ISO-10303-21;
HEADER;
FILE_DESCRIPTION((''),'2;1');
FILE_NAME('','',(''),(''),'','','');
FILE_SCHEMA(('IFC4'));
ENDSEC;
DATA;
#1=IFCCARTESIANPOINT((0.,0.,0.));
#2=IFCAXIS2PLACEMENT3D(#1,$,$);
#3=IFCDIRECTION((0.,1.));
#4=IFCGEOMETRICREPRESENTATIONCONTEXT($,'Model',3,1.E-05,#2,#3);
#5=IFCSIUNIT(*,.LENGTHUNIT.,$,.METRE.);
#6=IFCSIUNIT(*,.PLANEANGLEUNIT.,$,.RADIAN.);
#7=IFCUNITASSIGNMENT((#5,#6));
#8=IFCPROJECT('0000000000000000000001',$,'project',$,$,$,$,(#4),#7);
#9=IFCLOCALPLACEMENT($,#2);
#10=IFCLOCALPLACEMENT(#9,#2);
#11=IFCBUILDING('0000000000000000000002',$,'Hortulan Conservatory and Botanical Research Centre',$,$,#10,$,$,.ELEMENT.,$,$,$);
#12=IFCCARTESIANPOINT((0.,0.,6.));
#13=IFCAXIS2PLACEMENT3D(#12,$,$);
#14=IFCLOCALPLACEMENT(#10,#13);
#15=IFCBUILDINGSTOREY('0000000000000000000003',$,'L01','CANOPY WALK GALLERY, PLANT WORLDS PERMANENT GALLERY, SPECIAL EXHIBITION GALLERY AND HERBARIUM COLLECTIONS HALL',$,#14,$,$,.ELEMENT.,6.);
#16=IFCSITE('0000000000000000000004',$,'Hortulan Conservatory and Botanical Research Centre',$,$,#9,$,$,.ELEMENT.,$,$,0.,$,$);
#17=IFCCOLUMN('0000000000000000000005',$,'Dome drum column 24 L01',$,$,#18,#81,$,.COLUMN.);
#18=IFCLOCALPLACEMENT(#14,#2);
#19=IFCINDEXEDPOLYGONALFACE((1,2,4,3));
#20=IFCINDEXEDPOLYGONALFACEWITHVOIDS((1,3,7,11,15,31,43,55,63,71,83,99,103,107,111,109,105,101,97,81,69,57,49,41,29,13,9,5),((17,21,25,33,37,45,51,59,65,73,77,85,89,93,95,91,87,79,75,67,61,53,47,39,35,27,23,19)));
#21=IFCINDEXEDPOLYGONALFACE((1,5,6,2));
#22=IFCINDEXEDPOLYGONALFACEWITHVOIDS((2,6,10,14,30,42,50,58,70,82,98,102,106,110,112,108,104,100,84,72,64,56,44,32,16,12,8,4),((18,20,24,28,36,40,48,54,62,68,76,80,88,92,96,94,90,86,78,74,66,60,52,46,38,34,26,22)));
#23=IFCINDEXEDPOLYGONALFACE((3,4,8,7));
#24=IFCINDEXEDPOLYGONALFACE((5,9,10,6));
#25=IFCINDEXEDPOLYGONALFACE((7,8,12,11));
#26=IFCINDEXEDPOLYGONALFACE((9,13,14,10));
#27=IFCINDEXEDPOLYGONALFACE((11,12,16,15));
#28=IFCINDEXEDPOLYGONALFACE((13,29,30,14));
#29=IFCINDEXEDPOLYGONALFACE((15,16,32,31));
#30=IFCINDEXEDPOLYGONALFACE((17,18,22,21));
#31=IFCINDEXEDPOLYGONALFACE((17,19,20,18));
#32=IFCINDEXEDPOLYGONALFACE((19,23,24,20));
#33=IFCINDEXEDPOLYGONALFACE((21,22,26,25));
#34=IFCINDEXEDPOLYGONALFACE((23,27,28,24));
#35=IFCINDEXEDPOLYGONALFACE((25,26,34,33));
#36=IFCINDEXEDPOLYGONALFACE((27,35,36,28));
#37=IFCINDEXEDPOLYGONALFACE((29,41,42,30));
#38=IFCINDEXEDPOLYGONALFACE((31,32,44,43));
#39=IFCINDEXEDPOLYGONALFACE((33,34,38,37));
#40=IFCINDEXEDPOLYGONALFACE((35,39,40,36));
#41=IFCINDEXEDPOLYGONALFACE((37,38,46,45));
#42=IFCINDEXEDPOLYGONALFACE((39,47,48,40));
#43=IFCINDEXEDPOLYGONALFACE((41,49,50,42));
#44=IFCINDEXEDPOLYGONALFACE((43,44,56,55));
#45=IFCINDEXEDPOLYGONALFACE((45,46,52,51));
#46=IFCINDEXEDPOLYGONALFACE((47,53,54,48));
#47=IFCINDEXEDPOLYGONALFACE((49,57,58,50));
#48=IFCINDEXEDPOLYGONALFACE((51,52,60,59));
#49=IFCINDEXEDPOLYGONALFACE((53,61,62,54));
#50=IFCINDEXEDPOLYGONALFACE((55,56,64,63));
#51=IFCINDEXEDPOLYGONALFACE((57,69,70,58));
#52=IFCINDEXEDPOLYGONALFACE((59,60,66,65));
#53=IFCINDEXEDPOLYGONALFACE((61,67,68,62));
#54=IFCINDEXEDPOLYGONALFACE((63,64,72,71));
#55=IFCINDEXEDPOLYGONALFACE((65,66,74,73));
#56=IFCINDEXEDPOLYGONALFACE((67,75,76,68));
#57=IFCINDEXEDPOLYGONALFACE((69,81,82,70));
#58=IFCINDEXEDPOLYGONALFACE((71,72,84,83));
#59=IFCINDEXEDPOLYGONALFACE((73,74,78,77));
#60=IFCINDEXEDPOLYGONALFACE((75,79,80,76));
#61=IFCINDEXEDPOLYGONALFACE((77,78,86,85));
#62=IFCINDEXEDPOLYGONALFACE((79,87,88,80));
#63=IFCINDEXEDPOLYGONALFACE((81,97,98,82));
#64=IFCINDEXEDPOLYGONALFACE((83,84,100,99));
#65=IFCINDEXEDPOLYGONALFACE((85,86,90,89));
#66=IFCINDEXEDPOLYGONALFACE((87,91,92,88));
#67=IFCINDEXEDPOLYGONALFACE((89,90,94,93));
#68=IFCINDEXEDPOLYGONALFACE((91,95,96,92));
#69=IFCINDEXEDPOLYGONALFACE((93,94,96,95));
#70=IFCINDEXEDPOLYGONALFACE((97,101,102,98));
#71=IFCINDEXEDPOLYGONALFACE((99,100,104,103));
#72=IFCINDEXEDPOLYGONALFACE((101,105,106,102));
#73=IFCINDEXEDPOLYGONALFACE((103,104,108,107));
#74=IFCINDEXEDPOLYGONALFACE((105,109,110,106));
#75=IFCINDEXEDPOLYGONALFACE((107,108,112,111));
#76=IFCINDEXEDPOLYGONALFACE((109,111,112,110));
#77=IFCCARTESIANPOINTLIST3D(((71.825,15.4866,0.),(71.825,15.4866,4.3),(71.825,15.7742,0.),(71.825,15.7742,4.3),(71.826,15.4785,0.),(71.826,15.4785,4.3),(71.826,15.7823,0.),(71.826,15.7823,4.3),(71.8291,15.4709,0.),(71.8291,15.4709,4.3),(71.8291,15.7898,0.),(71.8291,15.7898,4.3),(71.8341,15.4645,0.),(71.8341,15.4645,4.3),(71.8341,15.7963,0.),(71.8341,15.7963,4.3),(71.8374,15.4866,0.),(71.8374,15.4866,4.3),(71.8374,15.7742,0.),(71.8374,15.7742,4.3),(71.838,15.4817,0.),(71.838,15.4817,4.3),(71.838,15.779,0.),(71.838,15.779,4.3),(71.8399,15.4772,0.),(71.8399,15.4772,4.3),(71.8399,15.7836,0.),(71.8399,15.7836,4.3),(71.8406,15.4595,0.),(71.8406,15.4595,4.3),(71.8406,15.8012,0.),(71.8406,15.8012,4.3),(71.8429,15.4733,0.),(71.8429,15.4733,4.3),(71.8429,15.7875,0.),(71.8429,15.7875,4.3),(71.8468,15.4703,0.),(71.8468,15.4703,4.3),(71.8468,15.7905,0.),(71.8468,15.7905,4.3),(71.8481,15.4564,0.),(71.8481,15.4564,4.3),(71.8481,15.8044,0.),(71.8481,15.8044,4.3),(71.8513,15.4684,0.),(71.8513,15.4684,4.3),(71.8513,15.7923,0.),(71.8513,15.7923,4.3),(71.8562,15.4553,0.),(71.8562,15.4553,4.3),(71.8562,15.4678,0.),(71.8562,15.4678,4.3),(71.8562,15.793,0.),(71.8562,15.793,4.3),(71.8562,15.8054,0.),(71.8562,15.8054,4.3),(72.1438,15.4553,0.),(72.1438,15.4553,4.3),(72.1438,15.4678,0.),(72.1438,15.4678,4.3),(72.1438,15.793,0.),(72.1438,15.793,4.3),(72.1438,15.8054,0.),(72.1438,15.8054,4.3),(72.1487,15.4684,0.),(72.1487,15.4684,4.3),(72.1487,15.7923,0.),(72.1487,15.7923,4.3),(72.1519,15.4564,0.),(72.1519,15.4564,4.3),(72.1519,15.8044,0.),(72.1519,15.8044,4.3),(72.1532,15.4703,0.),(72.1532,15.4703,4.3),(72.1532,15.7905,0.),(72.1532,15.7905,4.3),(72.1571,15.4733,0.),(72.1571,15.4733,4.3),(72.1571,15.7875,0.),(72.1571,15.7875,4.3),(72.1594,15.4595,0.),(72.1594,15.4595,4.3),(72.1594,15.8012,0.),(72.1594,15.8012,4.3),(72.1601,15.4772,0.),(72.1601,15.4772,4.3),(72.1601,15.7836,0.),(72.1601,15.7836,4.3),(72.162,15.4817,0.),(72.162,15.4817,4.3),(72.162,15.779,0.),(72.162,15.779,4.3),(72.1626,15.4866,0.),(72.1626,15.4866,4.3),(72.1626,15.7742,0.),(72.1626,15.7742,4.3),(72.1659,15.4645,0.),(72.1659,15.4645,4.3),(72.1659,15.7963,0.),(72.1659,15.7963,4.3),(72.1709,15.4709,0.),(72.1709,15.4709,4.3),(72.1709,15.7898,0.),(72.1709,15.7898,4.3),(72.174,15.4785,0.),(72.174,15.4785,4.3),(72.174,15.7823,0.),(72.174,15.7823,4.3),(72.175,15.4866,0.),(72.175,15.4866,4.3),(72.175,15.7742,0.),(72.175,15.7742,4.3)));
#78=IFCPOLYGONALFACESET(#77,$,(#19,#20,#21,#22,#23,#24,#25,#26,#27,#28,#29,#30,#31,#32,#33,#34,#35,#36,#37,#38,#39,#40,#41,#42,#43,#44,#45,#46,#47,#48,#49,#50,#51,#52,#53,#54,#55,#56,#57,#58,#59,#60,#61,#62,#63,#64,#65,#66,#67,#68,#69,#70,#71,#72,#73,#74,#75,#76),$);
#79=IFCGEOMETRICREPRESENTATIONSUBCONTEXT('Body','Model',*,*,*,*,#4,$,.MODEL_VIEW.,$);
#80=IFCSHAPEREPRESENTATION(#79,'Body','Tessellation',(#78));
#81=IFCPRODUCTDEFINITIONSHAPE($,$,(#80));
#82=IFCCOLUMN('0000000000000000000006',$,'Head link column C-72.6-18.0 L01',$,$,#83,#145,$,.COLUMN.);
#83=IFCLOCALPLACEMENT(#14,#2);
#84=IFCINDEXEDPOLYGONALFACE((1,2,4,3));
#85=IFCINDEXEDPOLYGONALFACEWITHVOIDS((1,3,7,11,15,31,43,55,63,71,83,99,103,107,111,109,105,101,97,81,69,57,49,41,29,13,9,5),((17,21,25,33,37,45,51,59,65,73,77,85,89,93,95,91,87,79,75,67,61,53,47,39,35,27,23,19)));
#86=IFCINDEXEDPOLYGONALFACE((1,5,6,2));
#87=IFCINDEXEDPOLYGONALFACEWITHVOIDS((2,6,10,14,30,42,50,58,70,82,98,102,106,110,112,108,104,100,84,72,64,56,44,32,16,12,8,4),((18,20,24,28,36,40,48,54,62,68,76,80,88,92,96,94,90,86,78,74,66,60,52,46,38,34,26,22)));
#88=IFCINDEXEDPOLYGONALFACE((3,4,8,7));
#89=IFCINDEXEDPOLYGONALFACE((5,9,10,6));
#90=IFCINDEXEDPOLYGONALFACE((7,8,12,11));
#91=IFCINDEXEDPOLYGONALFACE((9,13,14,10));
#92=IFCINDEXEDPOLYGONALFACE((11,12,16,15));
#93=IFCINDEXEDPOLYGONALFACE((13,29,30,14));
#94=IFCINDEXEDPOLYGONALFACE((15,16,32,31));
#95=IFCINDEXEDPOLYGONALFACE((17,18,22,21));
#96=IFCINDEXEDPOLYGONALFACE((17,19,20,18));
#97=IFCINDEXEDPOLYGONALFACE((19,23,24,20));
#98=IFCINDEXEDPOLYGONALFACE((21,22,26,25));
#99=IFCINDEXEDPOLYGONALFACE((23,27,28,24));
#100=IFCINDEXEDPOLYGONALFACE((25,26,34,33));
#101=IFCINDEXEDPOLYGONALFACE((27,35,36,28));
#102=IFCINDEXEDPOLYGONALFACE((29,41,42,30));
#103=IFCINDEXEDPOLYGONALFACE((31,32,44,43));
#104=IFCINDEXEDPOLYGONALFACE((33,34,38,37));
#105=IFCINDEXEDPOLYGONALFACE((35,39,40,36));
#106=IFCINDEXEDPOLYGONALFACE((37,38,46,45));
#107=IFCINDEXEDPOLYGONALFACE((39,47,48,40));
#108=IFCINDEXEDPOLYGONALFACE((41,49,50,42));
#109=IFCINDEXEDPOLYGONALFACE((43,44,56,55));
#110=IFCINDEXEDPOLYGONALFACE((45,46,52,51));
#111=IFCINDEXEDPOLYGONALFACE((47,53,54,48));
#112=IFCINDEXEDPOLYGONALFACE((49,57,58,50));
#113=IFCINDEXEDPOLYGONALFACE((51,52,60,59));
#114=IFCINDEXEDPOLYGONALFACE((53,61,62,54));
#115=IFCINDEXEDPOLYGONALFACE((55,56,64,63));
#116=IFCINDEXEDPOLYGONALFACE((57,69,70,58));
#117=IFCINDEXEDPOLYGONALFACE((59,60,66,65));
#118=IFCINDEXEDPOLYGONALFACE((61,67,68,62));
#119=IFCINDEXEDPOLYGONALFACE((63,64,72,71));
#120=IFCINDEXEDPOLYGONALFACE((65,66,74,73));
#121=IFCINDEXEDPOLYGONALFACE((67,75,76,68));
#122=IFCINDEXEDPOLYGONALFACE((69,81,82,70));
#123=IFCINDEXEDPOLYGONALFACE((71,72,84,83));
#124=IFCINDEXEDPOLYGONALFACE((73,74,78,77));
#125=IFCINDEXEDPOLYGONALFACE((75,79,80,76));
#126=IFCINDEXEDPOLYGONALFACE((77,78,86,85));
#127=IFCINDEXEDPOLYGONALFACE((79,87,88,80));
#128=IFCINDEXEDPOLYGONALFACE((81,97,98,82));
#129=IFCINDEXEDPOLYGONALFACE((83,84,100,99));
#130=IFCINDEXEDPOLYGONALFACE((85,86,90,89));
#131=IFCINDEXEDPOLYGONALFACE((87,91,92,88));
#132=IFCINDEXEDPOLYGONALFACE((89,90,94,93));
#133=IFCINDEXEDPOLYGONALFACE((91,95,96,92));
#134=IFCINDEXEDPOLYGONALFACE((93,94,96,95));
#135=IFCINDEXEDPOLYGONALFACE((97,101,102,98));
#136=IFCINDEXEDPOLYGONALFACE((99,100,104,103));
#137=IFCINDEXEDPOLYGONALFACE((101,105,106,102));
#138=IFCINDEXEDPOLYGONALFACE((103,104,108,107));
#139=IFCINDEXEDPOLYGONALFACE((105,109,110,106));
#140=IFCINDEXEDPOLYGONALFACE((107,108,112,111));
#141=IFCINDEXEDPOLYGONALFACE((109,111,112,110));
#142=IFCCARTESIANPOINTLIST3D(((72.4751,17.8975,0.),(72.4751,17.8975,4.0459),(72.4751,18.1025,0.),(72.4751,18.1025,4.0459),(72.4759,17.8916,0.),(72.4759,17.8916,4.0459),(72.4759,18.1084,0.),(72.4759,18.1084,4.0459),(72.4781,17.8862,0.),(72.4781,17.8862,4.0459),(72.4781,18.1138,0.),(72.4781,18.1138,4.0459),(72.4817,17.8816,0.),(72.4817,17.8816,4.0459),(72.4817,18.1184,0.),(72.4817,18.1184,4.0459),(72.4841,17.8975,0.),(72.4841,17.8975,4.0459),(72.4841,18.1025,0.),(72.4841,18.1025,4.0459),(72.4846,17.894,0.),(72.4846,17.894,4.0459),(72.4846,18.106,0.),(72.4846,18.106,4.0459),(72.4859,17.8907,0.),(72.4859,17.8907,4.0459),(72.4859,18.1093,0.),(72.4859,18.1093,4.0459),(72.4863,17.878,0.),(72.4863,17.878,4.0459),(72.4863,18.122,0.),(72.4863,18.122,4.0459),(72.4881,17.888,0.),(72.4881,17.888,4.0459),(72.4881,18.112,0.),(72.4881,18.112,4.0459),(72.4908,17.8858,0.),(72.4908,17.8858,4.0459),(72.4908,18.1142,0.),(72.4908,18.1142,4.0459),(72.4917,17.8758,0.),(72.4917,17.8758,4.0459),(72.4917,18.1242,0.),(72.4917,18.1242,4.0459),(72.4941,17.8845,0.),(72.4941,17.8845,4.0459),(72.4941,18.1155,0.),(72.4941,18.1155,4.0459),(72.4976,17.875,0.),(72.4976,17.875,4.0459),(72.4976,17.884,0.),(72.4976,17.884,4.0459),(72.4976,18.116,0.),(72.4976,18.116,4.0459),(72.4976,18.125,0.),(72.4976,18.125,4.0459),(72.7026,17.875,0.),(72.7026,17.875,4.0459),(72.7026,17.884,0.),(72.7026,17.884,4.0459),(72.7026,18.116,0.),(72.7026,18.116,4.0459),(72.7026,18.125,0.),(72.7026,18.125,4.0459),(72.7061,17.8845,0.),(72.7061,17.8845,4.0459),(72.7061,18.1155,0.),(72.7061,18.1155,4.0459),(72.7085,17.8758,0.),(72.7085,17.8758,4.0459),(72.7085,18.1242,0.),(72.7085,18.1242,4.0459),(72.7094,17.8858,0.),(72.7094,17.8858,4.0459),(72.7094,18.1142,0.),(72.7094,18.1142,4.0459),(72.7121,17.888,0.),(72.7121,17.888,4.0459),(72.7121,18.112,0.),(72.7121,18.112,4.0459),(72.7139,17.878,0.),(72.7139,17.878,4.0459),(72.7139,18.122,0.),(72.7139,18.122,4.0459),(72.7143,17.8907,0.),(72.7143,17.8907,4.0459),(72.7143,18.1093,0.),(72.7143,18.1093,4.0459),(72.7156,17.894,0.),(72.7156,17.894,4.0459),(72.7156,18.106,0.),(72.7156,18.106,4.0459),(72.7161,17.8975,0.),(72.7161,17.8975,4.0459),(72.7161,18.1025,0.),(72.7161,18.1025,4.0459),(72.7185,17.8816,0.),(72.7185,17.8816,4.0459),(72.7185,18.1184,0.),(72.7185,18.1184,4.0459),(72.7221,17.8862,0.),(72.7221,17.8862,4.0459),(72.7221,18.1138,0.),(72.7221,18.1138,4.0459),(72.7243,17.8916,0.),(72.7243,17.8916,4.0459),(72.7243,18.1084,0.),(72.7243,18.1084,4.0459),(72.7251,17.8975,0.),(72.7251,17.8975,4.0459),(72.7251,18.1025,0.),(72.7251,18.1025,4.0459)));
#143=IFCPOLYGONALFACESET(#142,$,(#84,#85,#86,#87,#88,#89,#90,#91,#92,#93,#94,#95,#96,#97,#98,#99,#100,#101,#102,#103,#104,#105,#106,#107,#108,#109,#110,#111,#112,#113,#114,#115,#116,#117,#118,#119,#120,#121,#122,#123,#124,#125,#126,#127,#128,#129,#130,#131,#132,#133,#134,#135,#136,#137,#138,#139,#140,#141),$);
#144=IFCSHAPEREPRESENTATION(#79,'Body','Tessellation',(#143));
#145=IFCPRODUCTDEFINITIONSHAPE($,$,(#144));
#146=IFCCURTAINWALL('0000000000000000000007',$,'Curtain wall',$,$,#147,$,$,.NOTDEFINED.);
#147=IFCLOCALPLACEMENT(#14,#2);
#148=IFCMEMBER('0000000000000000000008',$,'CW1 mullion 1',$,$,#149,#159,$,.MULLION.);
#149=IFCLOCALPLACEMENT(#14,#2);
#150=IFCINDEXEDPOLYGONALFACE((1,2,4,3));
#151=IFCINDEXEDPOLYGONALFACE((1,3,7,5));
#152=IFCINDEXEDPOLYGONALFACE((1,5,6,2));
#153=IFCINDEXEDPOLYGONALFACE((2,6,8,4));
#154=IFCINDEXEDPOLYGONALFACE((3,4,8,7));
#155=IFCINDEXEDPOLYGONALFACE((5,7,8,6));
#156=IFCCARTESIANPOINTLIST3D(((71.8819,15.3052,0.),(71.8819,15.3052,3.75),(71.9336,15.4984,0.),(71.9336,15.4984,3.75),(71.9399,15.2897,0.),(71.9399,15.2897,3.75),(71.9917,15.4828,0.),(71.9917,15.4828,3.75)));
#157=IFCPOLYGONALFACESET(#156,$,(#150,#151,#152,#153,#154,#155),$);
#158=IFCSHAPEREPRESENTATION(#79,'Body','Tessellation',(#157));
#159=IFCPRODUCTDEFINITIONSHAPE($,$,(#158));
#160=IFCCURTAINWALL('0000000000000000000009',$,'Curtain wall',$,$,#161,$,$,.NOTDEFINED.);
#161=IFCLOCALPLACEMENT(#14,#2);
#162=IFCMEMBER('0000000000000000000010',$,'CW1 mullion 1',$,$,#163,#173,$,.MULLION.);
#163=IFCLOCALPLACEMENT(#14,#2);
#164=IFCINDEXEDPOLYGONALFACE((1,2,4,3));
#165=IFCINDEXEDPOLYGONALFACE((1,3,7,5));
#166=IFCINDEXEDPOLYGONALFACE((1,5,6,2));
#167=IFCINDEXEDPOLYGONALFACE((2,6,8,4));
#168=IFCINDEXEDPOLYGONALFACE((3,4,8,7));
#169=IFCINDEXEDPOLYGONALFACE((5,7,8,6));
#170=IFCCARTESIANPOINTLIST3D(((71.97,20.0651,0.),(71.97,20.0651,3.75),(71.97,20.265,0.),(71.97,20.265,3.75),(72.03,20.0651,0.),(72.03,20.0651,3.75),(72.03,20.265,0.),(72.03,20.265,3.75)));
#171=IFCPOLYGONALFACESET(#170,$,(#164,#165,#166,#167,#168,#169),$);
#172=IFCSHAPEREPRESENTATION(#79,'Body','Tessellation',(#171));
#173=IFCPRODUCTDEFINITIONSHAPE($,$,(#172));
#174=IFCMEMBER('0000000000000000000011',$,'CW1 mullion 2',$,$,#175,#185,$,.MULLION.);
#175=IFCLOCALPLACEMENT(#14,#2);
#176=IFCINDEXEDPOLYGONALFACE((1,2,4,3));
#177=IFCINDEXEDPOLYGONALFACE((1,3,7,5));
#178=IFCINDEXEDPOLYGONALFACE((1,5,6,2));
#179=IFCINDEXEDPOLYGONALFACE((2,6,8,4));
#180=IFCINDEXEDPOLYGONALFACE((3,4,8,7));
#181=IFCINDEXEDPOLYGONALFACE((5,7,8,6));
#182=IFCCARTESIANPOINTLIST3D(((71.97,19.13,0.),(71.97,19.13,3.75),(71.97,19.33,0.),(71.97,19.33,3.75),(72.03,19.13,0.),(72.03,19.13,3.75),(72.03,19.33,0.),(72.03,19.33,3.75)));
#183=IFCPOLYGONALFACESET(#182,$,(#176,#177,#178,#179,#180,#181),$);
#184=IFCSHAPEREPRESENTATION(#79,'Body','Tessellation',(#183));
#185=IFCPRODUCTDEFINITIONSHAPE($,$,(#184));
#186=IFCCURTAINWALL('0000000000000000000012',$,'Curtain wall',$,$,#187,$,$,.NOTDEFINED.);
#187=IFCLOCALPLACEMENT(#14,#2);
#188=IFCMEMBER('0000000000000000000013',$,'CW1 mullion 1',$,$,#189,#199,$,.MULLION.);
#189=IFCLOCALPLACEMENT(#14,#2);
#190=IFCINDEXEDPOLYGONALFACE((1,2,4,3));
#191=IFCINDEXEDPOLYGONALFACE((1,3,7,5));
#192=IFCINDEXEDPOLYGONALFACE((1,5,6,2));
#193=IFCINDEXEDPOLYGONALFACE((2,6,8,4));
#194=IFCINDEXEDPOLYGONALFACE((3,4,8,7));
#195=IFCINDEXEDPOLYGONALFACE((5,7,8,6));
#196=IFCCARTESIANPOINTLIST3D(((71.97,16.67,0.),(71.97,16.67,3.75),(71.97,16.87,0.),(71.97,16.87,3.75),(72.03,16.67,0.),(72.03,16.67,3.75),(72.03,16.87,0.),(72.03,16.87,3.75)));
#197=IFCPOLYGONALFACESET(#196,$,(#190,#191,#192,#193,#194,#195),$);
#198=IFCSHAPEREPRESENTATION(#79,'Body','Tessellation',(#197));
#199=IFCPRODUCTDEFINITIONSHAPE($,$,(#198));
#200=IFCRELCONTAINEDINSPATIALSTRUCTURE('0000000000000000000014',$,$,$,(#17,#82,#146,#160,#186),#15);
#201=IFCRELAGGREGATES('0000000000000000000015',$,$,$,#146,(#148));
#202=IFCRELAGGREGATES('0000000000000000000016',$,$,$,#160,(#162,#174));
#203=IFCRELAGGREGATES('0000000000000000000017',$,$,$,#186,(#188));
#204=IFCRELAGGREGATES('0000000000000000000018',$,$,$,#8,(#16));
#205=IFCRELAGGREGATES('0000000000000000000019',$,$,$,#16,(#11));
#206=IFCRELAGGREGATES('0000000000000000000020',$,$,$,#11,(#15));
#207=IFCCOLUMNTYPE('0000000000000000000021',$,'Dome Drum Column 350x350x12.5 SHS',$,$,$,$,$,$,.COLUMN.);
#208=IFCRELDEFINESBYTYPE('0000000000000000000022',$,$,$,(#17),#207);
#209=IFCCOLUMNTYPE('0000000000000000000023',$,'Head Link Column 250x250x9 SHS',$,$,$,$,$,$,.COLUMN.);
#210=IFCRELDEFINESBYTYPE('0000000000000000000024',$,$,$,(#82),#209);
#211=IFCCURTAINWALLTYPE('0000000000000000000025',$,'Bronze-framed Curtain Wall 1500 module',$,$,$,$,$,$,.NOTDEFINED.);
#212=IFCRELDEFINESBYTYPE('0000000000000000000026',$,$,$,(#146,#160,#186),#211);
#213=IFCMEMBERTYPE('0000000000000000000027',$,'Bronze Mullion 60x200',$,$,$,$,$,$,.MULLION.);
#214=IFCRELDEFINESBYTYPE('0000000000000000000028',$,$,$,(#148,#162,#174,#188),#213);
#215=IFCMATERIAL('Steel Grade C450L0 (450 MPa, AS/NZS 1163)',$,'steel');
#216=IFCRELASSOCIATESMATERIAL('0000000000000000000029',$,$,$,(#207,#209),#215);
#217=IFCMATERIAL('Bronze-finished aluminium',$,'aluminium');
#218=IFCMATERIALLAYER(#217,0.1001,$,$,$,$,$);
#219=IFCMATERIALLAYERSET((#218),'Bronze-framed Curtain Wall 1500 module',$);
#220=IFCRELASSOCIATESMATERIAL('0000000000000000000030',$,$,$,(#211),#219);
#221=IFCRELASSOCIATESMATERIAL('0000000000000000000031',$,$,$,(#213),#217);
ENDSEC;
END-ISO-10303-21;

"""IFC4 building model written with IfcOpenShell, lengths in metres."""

from ifc_helpers import new_model, si_unit, direction, frame, origin, origin_2d, place, context, subcontext, project, spatial, rectangle, hollow_rectangle, extrude, material, layer, layer_set, material_profile, profile_set, type_object, element, aggregate, save


model = new_model("IFC4")

# Units and contexts
model_context = context("Model", 3, precision=1e-05, world=origin(), true_north=direction((0.0, 1.0)))
body_context = subcontext(model_context, "Body", "Model", "MODEL_VIEW")
ifc_project = project(units=[si_unit("LENGTHUNIT", "METRE"), si_unit("PLANEANGLEUNIT", "RADIAN")], contexts=[model_context])

# Site, building, storey
site_placement = place(None, origin())
site = spatial("IfcSite", under=ifc_project, at=site_placement, Name="Hortulan Conservatory and Botanical Research Centre", CompositionType="ELEMENT", RefElevation=0.0)
building_placement = place(site_placement, origin())
building = spatial("IfcBuilding", under=site, at=building_placement, Name="Hortulan Conservatory and Botanical Research Centre", CompositionType="ELEMENT")
storey_placement = place(building_placement, frame((0.0, 0.0, 6.0)))
storey = spatial("IfcBuildingStorey", under=building, at=storey_placement, Name="L01", Description="CANOPY WALK GALLERY, PLANT WORLDS PERMANENT GALLERY, SPECIAL EXHIBITION GALLERY AND HERBARIUM COLLECTIONS HALL", CompositionType="ELEMENT", Elevation=6.0)

# Columns
ifc_material_1 = material(Name="Steel Grade C450L0 (450 MPa, AS/NZS 1163)", Category="steel")
ifc_material_profile_1 = material_profile(ifc_material_1, hollow_rectangle(XDim=0.3501, YDim=0.3501, WallThickness=0.0125, InnerFilletRadius=0.0188, OuterFilletRadius=0.0312, at=origin_2d()), Name="350x350x12.5SHS")
ifc_profile_set_1 = profile_set([ifc_material_profile_1], Name="Steel Grade C450L0 (450 MPa, AS/NZS 1163)")
column_type_1 = type_object("IfcColumnType", Name="Dome Drum Column 350x350x12.5 SHS", PredefinedType="COLUMN", material=ifc_profile_set_1)
column_1_placement = place(storey_placement, frame((72.0, 15.6304, 0.0), z_axis=(0.0, 0.0, 1.0), x_axis=(1.0, 0.0, 0.0)))
element("IfcColumn", 1, at=column_1_placement, inside=storey, type_object=column_type_1, Name="Dome drum column 24 L01", PredefinedType="COLUMN", context=body_context, shape_type="SweptSolid", body=[
    extrude(hollow_rectangle(XDim=0.3501, YDim=0.3501, WallThickness=0.0125, InnerFilletRadius=0.0188, OuterFilletRadius=0.0312, at=origin_2d()), origin(), (0.0, 0.0, 1.0), 4.3),
])
ifc_material_profile_2 = material_profile(ifc_material_1, hollow_rectangle(XDim=0.25, YDim=0.25, WallThickness=0.009, InnerFilletRadius=0.0134, OuterFilletRadius=0.0225, at=origin_2d()), Name="250x250x9SHS")
ifc_profile_set_2 = profile_set([ifc_material_profile_2], Name="Steel Grade C450L0 (450 MPa, AS/NZS 1163)")
column_type_2 = type_object("IfcColumnType", Name="Head Link Column 250x250x9 SHS", PredefinedType="COLUMN", material=ifc_profile_set_2)
column_2_placement = place(storey_placement, frame((72.6001, 18.0, 0.0), z_axis=(0.0, 0.0, 1.0), x_axis=(1.0, 0.0, 0.0)))
element("IfcColumn", 2, at=column_2_placement, inside=storey, type_object=column_type_2, Name="Head link column C-72.6-18.0 L01", PredefinedType="COLUMN", context=body_context, shape_type="SweptSolid", body=[
    extrude(hollow_rectangle(XDim=0.25, YDim=0.25, WallThickness=0.009, InnerFilletRadius=0.0134, OuterFilletRadius=0.0225, at=origin_2d()), origin(), (0.0, 0.0, 1.0), 4.0459),
])

# Curtain wall, member
ifc_material_2 = material(Name="Bronze-finished aluminium", Category="aluminium")
ifc_layer_1 = layer(ifc_material_2, 0.1001)
ifc_layer_set_1 = layer_set([ifc_layer_1], Name="Bronze-framed Curtain Wall 1500 module")
curtain_wall_type = type_object("IfcCurtainWallType", Name="Bronze-framed Curtain Wall 1500 module", PredefinedType="NOTDEFINED", material=ifc_layer_set_1)
curtain_wall_1_placement = place(storey_placement, origin())
curtain_wall_1 = element("IfcCurtainWall", 3, at=curtain_wall_1_placement, inside=storey, type_object=curtain_wall_type, Name="Curtain wall", PredefinedType="NOTDEFINED")
ifc_material_profile_3 = material_profile(ifc_material_2, rectangle(XDim=0.0601, YDim=0.2, at=origin_2d()), Name="Bronze Mullion 60x200")
ifc_profile_set_3 = profile_set([ifc_material_profile_3], Name="Bronze-finished aluminium")
member_type_1 = type_object("IfcMemberType", Name="Bronze Mullion 60x200", PredefinedType="MULLION", material=ifc_profile_set_3)
member_1_placement = place(storey_placement, frame((71.9368, 15.394, 0.0), z_axis=(0.0, 0.0, 1.0), x_axis=(0.965922, -0.258832, 0.0)))
member_1 = element("IfcMember", 4, at=member_1_placement, type_object=member_type_1, Name="CW1 mullion 1", PredefinedType="MULLION", context=body_context, shape_type="SweptSolid", body=[
    extrude(rectangle(XDim=0.0601, YDim=0.2, at=origin_2d()), origin(), (0.0, 0.0, 1.0), 3.75),
])

# Curtain walls, members
curtain_wall_2_placement = place(storey_placement, origin())
curtain_wall_2 = element("IfcCurtainWall", 5, at=curtain_wall_2_placement, inside=storey, type_object=curtain_wall_type, Name="Curtain wall", PredefinedType="NOTDEFINED")
member_2_placement = place(storey_placement, frame((72.0, 20.165, 0.0), z_axis=(0.0, 0.0, 1.0), x_axis=(1.0, 0.0, 0.0)))
member_2 = element("IfcMember", 6, at=member_2_placement, type_object=member_type_1, Name="CW1 mullion 1", PredefinedType="MULLION", context=body_context, shape_type="SweptSolid", body=[
    extrude(rectangle(XDim=0.0601, YDim=0.2, at=origin_2d()), origin(), (0.0, 0.0, 1.0), 3.75),
])
member_3_placement = place(storey_placement, frame((72.0, 19.23, 0.0), z_axis=(0.0, 0.0, 1.0), x_axis=(1.0, 0.0, 0.0)))
member_3 = element("IfcMember", 7, at=member_3_placement, type_object=member_type_1, Name="CW1 mullion 2", PredefinedType="MULLION", context=body_context, shape_type="SweptSolid", body=[
    extrude(rectangle(XDim=0.0601, YDim=0.2, at=origin_2d()), origin(), (0.0, 0.0, 1.0), 3.75),
])
curtain_wall_3_placement = place(storey_placement, origin())
curtain_wall_3 = element("IfcCurtainWall", 8, at=curtain_wall_3_placement, inside=storey, type_object=curtain_wall_type, Name="Curtain wall", PredefinedType="NOTDEFINED")
member_4_placement = place(storey_placement, frame((72.0, 16.77, 0.0), z_axis=(0.0, 0.0, 1.0), x_axis=(1.0, 0.0, 0.0)))
member_4 = element("IfcMember", 9, at=member_4_placement, type_object=member_type_1, Name="CW1 mullion 1", PredefinedType="MULLION", context=body_context, shape_type="SweptSolid", body=[
    extrude(rectangle(XDim=0.0601, YDim=0.2, at=origin_2d()), origin(), (0.0, 0.0, 1.0), 3.75),
])

aggregate(curtain_wall_1, [member_1])

aggregate(curtain_wall_2, [member_2, member_3])
aggregate(curtain_wall_3, [member_4])

save(model, "model.ifc")
